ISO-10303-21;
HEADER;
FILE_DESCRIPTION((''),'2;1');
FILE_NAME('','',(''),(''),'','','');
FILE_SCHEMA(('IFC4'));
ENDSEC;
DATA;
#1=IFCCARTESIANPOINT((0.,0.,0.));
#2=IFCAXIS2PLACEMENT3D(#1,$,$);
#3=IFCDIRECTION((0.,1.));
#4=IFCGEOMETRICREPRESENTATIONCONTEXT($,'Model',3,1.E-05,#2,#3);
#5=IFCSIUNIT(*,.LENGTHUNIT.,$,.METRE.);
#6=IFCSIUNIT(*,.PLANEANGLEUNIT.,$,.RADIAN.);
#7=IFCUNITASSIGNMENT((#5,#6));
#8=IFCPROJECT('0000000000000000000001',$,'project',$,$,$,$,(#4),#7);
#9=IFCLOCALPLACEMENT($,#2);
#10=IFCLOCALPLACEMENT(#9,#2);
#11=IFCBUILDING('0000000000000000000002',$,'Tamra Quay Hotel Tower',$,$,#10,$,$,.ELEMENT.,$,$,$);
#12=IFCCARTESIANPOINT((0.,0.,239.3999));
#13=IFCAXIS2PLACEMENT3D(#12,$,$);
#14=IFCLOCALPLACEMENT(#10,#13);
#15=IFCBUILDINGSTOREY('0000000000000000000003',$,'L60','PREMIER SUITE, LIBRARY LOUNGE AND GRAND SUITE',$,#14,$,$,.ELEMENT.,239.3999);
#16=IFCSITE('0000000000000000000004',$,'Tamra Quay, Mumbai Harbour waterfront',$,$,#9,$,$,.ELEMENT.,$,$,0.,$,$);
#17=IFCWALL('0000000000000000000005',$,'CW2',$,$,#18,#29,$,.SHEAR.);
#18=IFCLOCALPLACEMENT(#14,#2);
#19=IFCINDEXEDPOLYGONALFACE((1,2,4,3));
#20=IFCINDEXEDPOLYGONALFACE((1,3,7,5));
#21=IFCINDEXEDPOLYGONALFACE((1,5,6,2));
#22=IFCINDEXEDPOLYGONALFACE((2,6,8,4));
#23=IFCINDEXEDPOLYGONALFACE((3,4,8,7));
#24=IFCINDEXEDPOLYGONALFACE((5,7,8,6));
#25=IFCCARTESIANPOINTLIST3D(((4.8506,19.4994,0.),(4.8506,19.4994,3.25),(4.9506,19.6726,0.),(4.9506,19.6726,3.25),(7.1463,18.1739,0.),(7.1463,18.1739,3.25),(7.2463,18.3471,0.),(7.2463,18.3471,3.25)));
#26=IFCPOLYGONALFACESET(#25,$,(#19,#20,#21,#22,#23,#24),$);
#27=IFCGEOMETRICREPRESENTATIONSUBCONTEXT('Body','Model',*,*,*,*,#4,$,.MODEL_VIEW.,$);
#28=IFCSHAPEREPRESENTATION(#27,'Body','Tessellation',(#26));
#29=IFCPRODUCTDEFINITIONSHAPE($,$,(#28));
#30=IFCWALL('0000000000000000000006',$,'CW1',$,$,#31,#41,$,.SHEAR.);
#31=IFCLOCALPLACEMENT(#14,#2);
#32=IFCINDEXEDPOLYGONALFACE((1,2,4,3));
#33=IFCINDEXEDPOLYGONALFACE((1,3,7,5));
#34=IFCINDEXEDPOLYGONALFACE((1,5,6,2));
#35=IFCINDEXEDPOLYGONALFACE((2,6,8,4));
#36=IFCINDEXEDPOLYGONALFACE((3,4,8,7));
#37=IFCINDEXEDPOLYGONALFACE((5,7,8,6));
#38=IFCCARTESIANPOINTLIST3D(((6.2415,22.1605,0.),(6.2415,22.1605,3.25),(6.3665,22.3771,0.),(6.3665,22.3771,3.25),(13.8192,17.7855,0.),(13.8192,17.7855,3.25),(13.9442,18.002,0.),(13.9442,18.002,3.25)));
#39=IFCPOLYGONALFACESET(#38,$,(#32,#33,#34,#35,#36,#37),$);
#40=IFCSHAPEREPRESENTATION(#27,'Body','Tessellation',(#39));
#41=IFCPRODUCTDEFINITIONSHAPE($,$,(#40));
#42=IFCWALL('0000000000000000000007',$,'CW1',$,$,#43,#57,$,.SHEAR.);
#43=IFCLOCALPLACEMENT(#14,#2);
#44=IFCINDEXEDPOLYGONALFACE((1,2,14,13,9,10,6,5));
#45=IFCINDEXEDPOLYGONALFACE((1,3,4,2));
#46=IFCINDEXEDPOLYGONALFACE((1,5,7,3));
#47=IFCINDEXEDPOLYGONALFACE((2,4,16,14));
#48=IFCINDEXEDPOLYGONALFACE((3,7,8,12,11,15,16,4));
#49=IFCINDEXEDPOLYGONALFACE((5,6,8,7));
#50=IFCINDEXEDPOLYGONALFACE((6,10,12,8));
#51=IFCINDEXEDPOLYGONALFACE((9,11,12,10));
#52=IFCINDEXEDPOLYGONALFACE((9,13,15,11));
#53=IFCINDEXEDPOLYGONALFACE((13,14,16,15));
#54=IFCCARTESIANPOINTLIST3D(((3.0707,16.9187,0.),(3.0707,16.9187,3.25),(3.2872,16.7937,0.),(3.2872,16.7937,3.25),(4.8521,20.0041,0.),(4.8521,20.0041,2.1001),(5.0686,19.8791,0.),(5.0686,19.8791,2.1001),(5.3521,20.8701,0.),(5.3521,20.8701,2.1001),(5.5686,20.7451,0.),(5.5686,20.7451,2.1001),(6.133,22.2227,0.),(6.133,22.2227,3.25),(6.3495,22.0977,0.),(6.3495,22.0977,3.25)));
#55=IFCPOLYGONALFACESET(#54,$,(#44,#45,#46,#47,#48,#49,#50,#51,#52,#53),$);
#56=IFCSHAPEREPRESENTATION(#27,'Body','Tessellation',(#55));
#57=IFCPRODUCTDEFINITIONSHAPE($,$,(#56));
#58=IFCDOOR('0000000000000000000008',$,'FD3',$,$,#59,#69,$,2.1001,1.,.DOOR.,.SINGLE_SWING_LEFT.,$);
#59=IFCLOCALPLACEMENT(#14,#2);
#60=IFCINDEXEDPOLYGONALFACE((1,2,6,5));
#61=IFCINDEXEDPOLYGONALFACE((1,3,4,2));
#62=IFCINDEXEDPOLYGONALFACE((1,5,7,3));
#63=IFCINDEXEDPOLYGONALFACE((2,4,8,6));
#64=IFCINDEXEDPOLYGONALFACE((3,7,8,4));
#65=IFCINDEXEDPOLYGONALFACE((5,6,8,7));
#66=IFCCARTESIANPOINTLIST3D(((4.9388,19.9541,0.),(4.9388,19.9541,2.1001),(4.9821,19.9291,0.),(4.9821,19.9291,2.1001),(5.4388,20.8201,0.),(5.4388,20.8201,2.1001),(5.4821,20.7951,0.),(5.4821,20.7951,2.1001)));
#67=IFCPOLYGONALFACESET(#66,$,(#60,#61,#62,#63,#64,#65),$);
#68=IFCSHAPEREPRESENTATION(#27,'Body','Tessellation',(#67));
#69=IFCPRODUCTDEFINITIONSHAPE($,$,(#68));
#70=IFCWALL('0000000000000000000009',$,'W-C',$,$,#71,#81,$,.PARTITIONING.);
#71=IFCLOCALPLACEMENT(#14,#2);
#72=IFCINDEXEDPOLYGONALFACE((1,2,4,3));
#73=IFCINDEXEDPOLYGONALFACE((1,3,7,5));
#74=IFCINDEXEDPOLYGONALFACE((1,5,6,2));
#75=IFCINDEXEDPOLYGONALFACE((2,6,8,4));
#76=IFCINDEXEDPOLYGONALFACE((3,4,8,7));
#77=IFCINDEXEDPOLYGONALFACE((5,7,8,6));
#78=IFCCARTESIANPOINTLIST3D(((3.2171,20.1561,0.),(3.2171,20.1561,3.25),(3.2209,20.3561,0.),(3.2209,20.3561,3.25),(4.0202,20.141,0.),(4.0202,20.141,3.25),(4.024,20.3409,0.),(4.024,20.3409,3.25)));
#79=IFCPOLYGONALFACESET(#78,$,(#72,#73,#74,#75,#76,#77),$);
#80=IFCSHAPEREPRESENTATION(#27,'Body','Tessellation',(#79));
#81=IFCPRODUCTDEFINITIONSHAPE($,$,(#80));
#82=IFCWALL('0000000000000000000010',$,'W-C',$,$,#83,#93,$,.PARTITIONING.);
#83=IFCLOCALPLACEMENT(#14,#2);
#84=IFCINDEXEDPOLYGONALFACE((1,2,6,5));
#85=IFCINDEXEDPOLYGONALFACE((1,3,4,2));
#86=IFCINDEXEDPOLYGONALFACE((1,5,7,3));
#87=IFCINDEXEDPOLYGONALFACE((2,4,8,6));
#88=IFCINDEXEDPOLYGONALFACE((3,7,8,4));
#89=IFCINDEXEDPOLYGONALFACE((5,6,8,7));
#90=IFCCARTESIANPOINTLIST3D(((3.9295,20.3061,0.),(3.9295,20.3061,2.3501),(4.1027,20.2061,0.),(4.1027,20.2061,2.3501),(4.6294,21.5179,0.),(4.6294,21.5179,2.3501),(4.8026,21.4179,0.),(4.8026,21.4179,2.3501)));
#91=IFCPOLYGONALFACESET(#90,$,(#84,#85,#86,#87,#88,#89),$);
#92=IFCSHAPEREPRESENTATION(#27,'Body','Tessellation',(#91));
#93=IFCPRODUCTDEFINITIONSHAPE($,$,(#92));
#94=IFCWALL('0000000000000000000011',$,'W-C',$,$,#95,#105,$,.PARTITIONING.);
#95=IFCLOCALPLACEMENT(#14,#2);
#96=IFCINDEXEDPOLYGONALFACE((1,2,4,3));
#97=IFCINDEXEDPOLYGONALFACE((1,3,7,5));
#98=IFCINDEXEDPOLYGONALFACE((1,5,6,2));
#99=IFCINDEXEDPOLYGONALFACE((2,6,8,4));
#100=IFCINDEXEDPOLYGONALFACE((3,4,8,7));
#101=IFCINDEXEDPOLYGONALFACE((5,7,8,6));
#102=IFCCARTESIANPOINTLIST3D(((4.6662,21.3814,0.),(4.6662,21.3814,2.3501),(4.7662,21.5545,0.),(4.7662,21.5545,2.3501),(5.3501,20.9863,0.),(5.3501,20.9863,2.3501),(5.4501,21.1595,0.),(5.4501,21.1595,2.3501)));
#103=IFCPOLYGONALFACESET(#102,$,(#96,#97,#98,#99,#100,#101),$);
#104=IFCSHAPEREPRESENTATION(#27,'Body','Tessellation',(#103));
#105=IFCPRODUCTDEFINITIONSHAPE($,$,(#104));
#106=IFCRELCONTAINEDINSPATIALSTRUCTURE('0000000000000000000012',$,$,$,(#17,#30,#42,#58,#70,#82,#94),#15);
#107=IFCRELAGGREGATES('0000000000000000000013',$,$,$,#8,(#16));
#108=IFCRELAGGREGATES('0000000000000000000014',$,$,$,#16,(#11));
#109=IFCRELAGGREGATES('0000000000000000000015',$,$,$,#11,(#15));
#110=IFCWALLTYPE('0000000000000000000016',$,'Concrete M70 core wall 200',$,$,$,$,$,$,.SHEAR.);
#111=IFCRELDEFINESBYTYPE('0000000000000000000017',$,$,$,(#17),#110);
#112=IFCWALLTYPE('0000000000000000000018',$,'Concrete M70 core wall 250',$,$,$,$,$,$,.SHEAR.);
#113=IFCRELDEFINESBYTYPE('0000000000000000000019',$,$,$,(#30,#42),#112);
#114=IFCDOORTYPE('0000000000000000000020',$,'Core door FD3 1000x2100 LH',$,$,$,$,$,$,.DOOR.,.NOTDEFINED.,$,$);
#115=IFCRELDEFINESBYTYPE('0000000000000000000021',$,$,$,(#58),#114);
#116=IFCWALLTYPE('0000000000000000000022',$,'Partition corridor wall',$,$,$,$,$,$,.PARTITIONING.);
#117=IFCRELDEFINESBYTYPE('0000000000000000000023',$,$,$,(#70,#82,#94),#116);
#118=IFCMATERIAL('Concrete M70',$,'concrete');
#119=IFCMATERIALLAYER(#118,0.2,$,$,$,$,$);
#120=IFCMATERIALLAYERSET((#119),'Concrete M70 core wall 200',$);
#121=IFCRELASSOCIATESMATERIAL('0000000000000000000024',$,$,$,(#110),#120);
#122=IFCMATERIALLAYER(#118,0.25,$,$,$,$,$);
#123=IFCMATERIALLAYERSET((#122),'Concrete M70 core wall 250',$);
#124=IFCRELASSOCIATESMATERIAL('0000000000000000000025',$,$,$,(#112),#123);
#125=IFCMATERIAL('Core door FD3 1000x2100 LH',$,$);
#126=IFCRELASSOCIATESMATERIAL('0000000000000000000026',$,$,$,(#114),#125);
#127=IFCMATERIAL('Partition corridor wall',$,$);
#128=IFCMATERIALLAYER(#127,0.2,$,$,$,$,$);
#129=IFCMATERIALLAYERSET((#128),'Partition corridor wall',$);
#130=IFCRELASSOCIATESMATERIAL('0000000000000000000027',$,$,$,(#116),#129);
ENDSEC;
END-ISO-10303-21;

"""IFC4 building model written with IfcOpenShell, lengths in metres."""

from ifc_helpers import new_model, si_unit, direction, frame, frame_2d, origin, place, context, subcontext, project, spatial, rectangle, extrude, material, layer, layer_set, type_object, element, fill, save


model = new_model("IFC4")

# Units and contexts
model_context = context("Model", 3, precision=1e-05, world=origin(), true_north=direction((0.0, 1.0)))
body_context = subcontext(model_context, "Body", "Model", "MODEL_VIEW")
ifc_project = project(units=[si_unit("LENGTHUNIT", "METRE"), si_unit("PLANEANGLEUNIT", "RADIAN")], contexts=[model_context])

# Site, building, storey
site_placement = place(None, origin())
site = spatial("IfcSite", under=ifc_project, at=site_placement, Name="Tamra Quay, Mumbai Harbour waterfront", CompositionType="ELEMENT", RefElevation=0.0)
building_placement = place(site_placement, origin())
building = spatial("IfcBuilding", under=site, at=building_placement, Name="Tamra Quay Hotel Tower", CompositionType="ELEMENT")
storey_placement = place(building_placement, frame((0.0, 0.0, 239.3999)))
storey = spatial("IfcBuildingStorey", under=building, at=storey_placement, Name="L60", Description="PREMIER SUITE, LIBRARY LOUNGE AND GRAND SUITE", CompositionType="ELEMENT", Elevation=239.3999)

# Shared definitions
ifc_material_1 = material(Name="Concrete M70", Category="concrete")

# Shared definitions
ifc_layer_1 = layer(ifc_material_1, 0.2)
ifc_layer_set_1 = layer_set([ifc_layer_1], Name="Concrete M70 core wall 200")
wall_type_1 = type_object("IfcWallType", Name="Concrete M70 core wall 200", PredefinedType="SHEAR", material=ifc_layer_set_1)

# Walls
wall_1_placement = place(storey_placement, frame((7.1963, 18.2605, 0.0), z_axis=(0.0, 0.0, 1.0), x_axis=(-0.866018, 0.500012, 0.0)))
element("IfcWall", 1, at=wall_1_placement, inside=storey, type_object=wall_type_1, Name="CW2", PredefinedType="SHEAR", context=body_context, shape_type="SweptSolid", body=[
    extrude(rectangle(XDim=2.6509, YDim=0.2, at=frame_2d((1.3254, 0.0))), origin(), (0.0, 0.0, 1.0), 3.25),
])
ifc_layer_2 = layer(ifc_material_1, 0.25)
ifc_layer_set_2 = layer_set([ifc_layer_2], Name="Concrete M70 core wall 250")
wall_type_2 = type_object("IfcWallType", Name="Concrete M70 core wall 250", PredefinedType="SHEAR", material=ifc_layer_set_2)
wall_2_placement = place(storey_placement, frame((6.304, 22.2688, 0.0), z_axis=(0.0, 0.0, 1.0), x_axis=(0.866023, -0.500004, 0.0)))
element("IfcWall", 2, at=wall_2_placement, inside=storey, type_object=wall_type_2, Name="CW1", PredefinedType="SHEAR", context=body_context, shape_type="SweptSolid", body=[
    extrude(rectangle(XDim=8.75, YDim=0.25, at=frame_2d((4.375, 0.0))), origin(), (0.0, 0.0, 1.0), 3.25),
])

# Wall, opening, door
wall_3_placement = place(storey_placement, frame((3.179, 16.8562, 0.0), z_axis=(0.0, 0.0, 1.0), x_axis=(0.500002, 0.866024, 0.0)))
wall_3 = element("IfcWall", 3, at=wall_3_placement, inside=storey, type_object=wall_type_2, Name="CW1", PredefinedType="SHEAR", context=body_context, shape_type="SweptSolid", body=[
    extrude(rectangle(XDim=6.1245, YDim=0.25, at=frame_2d((3.0623, 0.0))), origin(), (0.0, 0.0, 1.0), 3.25),
])
opening_1_placement = place(wall_3_placement, frame((3.5627, 0.0, 0.0)))
opening_1 = element("IfcOpeningElement", 4, at=opening_1_placement, cuts=wall_3, PredefinedType="OPENING", context=body_context, shape_type="SweptSolid", body=[
    extrude(rectangle(XDim=1.0, YDim=2.1001, at=frame_2d((0.5, 1.05))), frame((0.0, 0.135, 0.0), z_axis=(0.0, -1.0, 0.0), x_axis=(1.0, 0.0, 0.0)), (0.0, 0.0, 1.0), 0.27),
])
ifc_material_2 = material(Name="Core door FD3 1000x2100 LH")
door_type_1 = type_object("IfcDoorType", Name="Core door FD3 1000x2100 LH", OperationType="NOTDEFINED", PredefinedType="DOOR", material=ifc_material_2)
door_1_placement = place(opening_1_placement, origin())
door_1 = element("IfcDoor", 5, at=door_1_placement, inside=storey, type_object=door_type_1, Name="FD3", OperationType="SINGLE_SWING_LEFT", OverallHeight=2.1001, OverallWidth=1.0, PredefinedType="DOOR", context=body_context, shape_type="SweptSolid", body=[
    extrude(rectangle(XDim=1.0, YDim=2.1001, at=frame_2d((0.5, 1.05))), frame((0.0, 0.0249, 0.0), z_axis=(0.0, -1.0, 0.0), x_axis=(1.0, 0.0, 0.0)), (0.0, 0.0, 1.0), 0.05),
])
fill(opening_1, door_1)

# Walls
ifc_material_3 = material(Name="Partition corridor wall")
ifc_layer_3 = layer(ifc_material_3, 0.2)
ifc_layer_set_3 = layer_set([ifc_layer_3], Name="Partition corridor wall")
wall_type_3 = type_object("IfcWallType", Name="Partition corridor wall", PredefinedType="PARTITIONING", material=ifc_layer_set_3)
wall_4_placement = place(storey_placement, frame((3.219, 20.2561, 0.0), z_axis=(0.0, 0.0, 1.0), x_axis=(0.999822, -0.018847, 0.0)))
element("IfcWall", 6, at=wall_4_placement, inside=storey, type_object=wall_type_3, Name="W-C", PredefinedType="PARTITIONING", context=body_context, shape_type="SweptSolid", body=[
    extrude(rectangle(XDim=0.8032, YDim=0.2, at=frame_2d((0.4016, 0.0))), origin(), (0.0, 0.0, 1.0), 3.25),
])
wall_5_placement = place(storey_placement, frame((4.0161, 20.2561, 0.0), z_axis=(0.0, 0.0, 1.0), x_axis=(0.500135, 0.865947, 0.0)))
element("IfcWall", 7, at=wall_5_placement, inside=storey, type_object=wall_type_3, Name="W-C", PredefinedType="PARTITIONING", context=body_context, shape_type="SweptSolid", body=[
    extrude(rectangle(XDim=1.3994, YDim=0.2, at=frame_2d((0.6997, 0.0))), origin(), (0.0, 0.0, 1.0), 2.3501),
])
wall_6_placement = place(storey_placement, frame((4.7161, 21.468, 0.0), z_axis=(0.0, 0.0, 1.0), x_axis=(0.865913, -0.500195, 0.0)))
element("IfcWall", 8, at=wall_6_placement, inside=storey, type_object=wall_type_3, Name="W-C", PredefinedType="PARTITIONING", context=body_context, shape_type="SweptSolid", body=[
    extrude(rectangle(XDim=0.7898, YDim=0.2, at=frame_2d((0.395, 0.0))), origin(), (0.0, 0.0, 1.0), 2.3501),
])

save(model, "model.ifc")
